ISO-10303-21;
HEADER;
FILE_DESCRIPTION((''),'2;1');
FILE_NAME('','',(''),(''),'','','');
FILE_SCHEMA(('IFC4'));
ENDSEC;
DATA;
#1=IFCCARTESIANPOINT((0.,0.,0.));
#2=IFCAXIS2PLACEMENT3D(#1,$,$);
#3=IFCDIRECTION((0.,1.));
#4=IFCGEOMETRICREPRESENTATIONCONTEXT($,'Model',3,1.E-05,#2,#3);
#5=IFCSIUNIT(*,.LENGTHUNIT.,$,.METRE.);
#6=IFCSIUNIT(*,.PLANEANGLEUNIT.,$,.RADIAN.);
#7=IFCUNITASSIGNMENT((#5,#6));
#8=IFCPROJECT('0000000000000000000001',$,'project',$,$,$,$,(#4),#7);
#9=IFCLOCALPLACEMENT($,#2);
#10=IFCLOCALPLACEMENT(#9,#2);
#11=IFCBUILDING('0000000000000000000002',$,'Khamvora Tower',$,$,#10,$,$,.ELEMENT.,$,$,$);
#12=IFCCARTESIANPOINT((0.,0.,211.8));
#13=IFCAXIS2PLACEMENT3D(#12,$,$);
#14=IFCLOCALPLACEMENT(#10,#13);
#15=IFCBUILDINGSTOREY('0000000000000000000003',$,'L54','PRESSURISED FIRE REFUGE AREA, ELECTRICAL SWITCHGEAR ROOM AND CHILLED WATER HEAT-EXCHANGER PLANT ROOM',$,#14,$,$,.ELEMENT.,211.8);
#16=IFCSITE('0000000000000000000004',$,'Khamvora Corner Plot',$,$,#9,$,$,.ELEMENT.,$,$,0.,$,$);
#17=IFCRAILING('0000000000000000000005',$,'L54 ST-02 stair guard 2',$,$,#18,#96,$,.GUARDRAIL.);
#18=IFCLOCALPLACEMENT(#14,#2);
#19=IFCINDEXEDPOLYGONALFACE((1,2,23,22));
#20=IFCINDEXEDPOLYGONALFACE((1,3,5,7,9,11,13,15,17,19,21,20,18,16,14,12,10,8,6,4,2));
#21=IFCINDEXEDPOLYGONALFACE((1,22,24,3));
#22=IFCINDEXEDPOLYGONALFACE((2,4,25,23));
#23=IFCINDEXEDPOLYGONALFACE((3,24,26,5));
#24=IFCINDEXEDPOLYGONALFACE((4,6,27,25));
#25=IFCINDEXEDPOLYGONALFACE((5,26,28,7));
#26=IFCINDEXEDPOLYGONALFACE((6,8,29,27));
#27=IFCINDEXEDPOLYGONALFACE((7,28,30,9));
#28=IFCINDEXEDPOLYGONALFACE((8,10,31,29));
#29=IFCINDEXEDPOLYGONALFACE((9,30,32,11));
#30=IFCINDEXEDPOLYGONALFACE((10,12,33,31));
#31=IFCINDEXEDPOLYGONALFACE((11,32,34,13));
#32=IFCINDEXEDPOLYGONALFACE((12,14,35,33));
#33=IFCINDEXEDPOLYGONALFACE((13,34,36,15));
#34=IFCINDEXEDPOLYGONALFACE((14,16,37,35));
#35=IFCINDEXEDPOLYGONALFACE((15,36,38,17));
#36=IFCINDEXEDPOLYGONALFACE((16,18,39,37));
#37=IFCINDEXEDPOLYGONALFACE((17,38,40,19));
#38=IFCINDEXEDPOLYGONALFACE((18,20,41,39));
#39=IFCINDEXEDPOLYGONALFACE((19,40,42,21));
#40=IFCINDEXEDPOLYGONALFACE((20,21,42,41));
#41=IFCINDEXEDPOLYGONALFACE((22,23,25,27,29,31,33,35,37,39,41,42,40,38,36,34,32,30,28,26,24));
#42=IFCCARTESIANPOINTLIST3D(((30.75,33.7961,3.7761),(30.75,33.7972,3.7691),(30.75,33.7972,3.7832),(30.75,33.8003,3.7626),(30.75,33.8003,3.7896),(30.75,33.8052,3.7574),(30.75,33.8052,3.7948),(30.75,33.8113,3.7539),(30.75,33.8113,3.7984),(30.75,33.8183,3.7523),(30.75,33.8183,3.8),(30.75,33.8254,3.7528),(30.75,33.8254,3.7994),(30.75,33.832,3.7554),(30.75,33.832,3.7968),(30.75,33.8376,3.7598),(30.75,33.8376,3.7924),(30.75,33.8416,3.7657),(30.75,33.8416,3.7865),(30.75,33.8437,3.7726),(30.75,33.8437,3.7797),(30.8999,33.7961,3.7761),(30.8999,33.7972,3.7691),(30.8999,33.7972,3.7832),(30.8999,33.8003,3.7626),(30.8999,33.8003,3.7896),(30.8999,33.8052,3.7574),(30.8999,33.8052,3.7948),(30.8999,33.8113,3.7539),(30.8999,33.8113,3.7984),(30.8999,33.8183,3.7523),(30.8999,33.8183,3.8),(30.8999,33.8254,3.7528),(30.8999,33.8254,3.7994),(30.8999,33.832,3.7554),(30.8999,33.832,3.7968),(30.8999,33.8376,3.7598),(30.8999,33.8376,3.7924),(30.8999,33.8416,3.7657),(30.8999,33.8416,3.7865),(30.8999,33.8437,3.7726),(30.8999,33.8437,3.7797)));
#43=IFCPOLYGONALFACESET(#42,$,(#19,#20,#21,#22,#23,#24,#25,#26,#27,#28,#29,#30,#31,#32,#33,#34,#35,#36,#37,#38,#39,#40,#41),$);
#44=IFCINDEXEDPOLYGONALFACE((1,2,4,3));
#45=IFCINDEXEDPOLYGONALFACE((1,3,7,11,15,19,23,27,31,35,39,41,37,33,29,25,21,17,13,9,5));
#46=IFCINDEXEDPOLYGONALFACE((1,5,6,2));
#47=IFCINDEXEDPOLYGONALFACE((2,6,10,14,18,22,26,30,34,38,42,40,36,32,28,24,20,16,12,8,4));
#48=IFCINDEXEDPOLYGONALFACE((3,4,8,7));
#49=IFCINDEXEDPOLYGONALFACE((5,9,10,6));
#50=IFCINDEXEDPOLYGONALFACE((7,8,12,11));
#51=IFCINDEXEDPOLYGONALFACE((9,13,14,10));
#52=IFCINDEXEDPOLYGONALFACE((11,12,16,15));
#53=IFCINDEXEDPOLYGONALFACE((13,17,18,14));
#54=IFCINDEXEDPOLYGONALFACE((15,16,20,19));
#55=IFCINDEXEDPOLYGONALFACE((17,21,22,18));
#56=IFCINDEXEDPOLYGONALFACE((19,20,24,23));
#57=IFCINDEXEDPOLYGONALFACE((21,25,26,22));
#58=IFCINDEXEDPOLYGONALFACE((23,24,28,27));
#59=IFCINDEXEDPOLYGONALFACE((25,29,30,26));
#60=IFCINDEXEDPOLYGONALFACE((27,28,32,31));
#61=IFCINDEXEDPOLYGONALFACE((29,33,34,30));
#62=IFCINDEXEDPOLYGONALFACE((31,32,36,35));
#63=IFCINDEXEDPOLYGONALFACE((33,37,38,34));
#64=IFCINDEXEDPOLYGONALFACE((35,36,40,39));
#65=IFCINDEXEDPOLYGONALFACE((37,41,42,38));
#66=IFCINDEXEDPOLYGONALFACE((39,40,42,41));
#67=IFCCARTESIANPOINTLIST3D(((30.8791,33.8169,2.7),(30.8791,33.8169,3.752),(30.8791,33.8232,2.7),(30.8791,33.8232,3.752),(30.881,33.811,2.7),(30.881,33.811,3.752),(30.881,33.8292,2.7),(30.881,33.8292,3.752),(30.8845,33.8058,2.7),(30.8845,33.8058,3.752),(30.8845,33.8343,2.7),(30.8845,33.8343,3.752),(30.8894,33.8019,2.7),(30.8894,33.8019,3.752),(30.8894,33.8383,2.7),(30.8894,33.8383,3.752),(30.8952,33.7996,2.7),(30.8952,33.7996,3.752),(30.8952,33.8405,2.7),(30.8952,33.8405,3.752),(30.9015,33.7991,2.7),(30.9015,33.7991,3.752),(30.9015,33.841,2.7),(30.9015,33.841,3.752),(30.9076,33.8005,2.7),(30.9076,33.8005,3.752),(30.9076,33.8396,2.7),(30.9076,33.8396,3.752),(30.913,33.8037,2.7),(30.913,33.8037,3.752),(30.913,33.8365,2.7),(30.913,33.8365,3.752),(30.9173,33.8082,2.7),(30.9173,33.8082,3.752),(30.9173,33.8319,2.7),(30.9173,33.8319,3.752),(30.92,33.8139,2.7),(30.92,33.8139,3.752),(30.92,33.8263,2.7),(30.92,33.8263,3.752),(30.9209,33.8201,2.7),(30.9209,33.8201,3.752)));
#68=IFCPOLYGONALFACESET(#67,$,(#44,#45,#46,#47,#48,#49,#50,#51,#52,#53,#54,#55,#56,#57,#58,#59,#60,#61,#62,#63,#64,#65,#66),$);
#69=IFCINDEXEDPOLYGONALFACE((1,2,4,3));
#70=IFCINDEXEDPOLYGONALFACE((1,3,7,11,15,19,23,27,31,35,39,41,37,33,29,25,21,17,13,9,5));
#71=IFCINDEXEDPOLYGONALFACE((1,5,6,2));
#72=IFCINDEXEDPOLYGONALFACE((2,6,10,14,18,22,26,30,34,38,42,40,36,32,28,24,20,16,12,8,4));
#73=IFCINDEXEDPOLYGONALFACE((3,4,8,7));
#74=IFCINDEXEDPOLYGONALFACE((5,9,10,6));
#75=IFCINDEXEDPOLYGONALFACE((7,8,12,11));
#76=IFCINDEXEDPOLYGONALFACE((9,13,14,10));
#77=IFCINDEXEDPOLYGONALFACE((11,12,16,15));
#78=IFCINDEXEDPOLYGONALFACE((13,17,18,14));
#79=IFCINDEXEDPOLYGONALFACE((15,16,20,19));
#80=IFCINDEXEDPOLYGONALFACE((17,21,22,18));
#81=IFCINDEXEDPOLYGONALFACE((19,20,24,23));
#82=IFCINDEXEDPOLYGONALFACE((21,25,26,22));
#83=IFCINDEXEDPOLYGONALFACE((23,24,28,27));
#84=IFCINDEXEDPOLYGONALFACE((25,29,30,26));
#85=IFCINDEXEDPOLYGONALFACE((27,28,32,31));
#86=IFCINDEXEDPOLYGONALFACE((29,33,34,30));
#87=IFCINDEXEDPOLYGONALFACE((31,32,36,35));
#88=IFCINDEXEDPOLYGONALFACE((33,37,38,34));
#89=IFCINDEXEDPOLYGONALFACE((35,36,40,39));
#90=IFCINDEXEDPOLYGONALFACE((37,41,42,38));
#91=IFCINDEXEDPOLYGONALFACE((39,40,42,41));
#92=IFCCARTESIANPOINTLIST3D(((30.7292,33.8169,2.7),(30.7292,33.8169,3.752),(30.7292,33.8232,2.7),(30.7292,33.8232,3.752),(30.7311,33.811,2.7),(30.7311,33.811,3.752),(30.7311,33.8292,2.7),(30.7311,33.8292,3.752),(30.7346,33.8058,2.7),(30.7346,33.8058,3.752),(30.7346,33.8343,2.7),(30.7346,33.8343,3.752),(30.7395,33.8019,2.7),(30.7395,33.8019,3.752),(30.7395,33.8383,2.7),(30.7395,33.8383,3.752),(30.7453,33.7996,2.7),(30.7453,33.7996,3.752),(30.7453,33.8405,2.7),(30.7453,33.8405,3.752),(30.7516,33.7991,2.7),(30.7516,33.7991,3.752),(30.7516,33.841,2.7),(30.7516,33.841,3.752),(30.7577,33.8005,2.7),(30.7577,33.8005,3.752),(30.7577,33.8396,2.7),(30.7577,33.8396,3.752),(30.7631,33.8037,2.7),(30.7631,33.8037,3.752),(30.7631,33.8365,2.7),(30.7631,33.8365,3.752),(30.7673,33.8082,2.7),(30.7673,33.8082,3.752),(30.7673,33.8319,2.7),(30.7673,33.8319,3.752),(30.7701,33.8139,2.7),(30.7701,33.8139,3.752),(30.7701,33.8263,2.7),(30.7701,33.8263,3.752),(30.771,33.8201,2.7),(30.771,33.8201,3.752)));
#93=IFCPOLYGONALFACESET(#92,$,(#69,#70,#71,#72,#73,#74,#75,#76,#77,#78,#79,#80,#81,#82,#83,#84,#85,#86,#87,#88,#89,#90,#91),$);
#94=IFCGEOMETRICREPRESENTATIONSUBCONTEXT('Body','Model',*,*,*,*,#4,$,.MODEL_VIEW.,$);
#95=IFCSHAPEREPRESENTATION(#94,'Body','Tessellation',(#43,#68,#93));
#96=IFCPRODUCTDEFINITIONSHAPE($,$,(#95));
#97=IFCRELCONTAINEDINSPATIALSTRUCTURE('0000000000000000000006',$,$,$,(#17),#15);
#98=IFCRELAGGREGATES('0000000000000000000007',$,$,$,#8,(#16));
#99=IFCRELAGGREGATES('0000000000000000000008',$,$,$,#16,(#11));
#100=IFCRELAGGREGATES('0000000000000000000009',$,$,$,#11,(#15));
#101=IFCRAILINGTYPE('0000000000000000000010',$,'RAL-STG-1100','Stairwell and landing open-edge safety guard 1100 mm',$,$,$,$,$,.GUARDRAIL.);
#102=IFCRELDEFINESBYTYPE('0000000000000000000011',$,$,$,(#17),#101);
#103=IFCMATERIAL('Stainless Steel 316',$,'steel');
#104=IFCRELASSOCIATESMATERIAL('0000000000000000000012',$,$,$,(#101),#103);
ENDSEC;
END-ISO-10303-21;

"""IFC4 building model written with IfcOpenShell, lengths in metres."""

from ifc_helpers import new_model, si_unit, direction, frame, origin, origin_2d, place, context, subcontext, project, spatial, circle, extrude, material, type_object, element, save


model = new_model("IFC4")

# Units and contexts
model_context = context("Model", 3, precision=1e-05, world=origin(), true_north=direction((0.0, 1.0)))
body_context = subcontext(model_context, "Body", "Model", "MODEL_VIEW")
ifc_project = project(units=[si_unit("LENGTHUNIT", "METRE"), si_unit("PLANEANGLEUNIT", "RADIAN")], contexts=[model_context])

# Site, building, storey
site_placement = place(None, origin())
site = spatial("IfcSite", under=ifc_project, at=site_placement, Name="Khamvora Corner Plot", CompositionType="ELEMENT", RefElevation=0.0)
building_placement = place(site_placement, origin())
building = spatial("IfcBuilding", under=site, at=building_placement, Name="Khamvora Tower", CompositionType="ELEMENT")
storey_placement = place(building_placement, frame((0.0, 0.0, 211.8)))
storey = spatial("IfcBuildingStorey", under=building, at=storey_placement, Name="L54", Description="PRESSURISED FIRE REFUGE AREA, ELECTRICAL SWITCHGEAR ROOM AND CHILLED WATER HEAT-EXCHANGER PLANT ROOM", CompositionType="ELEMENT", Elevation=211.8)

# Railing
ifc_material_1 = material(Name="Stainless Steel 316", Category="steel")
railing_type_1 = type_object("IfcRailingType", Name="RAL-STG-1100", Description="Stairwell and landing open-edge safety guard 1100 mm", PredefinedType="GUARDRAIL", material=ifc_material_1)
railing_1_placement = place(storey_placement, frame((30.8999, 33.8201, 2.7)))
element("IfcRailing", 1, at=railing_1_placement, inside=storey, type_object=railing_type_1, Name="L54 ST-02 stair guard 2", PredefinedType="GUARDRAIL", context=body_context, shape_type="SweptSolid", body=[
    extrude(circle(Radius=0.0239, at=origin_2d()), frame((0.0, 0.0, 1.0762), z_axis=(-1.0, 0.0, 0.0), x_axis=(0.0, -1.0, 0.0)), (0.0, 0.0, 1.0), 0.1499),
    extrude(circle(Radius=0.021, at=origin_2d()), origin(), (0.0, 0.0, 1.0), 1.052),
    extrude(circle(Radius=0.021, at=origin_2d()), frame((-0.1499, 0.0, 0.0)), (0.0, 0.0, 1.0), 1.052),
])

save(model, "model.ifc")
